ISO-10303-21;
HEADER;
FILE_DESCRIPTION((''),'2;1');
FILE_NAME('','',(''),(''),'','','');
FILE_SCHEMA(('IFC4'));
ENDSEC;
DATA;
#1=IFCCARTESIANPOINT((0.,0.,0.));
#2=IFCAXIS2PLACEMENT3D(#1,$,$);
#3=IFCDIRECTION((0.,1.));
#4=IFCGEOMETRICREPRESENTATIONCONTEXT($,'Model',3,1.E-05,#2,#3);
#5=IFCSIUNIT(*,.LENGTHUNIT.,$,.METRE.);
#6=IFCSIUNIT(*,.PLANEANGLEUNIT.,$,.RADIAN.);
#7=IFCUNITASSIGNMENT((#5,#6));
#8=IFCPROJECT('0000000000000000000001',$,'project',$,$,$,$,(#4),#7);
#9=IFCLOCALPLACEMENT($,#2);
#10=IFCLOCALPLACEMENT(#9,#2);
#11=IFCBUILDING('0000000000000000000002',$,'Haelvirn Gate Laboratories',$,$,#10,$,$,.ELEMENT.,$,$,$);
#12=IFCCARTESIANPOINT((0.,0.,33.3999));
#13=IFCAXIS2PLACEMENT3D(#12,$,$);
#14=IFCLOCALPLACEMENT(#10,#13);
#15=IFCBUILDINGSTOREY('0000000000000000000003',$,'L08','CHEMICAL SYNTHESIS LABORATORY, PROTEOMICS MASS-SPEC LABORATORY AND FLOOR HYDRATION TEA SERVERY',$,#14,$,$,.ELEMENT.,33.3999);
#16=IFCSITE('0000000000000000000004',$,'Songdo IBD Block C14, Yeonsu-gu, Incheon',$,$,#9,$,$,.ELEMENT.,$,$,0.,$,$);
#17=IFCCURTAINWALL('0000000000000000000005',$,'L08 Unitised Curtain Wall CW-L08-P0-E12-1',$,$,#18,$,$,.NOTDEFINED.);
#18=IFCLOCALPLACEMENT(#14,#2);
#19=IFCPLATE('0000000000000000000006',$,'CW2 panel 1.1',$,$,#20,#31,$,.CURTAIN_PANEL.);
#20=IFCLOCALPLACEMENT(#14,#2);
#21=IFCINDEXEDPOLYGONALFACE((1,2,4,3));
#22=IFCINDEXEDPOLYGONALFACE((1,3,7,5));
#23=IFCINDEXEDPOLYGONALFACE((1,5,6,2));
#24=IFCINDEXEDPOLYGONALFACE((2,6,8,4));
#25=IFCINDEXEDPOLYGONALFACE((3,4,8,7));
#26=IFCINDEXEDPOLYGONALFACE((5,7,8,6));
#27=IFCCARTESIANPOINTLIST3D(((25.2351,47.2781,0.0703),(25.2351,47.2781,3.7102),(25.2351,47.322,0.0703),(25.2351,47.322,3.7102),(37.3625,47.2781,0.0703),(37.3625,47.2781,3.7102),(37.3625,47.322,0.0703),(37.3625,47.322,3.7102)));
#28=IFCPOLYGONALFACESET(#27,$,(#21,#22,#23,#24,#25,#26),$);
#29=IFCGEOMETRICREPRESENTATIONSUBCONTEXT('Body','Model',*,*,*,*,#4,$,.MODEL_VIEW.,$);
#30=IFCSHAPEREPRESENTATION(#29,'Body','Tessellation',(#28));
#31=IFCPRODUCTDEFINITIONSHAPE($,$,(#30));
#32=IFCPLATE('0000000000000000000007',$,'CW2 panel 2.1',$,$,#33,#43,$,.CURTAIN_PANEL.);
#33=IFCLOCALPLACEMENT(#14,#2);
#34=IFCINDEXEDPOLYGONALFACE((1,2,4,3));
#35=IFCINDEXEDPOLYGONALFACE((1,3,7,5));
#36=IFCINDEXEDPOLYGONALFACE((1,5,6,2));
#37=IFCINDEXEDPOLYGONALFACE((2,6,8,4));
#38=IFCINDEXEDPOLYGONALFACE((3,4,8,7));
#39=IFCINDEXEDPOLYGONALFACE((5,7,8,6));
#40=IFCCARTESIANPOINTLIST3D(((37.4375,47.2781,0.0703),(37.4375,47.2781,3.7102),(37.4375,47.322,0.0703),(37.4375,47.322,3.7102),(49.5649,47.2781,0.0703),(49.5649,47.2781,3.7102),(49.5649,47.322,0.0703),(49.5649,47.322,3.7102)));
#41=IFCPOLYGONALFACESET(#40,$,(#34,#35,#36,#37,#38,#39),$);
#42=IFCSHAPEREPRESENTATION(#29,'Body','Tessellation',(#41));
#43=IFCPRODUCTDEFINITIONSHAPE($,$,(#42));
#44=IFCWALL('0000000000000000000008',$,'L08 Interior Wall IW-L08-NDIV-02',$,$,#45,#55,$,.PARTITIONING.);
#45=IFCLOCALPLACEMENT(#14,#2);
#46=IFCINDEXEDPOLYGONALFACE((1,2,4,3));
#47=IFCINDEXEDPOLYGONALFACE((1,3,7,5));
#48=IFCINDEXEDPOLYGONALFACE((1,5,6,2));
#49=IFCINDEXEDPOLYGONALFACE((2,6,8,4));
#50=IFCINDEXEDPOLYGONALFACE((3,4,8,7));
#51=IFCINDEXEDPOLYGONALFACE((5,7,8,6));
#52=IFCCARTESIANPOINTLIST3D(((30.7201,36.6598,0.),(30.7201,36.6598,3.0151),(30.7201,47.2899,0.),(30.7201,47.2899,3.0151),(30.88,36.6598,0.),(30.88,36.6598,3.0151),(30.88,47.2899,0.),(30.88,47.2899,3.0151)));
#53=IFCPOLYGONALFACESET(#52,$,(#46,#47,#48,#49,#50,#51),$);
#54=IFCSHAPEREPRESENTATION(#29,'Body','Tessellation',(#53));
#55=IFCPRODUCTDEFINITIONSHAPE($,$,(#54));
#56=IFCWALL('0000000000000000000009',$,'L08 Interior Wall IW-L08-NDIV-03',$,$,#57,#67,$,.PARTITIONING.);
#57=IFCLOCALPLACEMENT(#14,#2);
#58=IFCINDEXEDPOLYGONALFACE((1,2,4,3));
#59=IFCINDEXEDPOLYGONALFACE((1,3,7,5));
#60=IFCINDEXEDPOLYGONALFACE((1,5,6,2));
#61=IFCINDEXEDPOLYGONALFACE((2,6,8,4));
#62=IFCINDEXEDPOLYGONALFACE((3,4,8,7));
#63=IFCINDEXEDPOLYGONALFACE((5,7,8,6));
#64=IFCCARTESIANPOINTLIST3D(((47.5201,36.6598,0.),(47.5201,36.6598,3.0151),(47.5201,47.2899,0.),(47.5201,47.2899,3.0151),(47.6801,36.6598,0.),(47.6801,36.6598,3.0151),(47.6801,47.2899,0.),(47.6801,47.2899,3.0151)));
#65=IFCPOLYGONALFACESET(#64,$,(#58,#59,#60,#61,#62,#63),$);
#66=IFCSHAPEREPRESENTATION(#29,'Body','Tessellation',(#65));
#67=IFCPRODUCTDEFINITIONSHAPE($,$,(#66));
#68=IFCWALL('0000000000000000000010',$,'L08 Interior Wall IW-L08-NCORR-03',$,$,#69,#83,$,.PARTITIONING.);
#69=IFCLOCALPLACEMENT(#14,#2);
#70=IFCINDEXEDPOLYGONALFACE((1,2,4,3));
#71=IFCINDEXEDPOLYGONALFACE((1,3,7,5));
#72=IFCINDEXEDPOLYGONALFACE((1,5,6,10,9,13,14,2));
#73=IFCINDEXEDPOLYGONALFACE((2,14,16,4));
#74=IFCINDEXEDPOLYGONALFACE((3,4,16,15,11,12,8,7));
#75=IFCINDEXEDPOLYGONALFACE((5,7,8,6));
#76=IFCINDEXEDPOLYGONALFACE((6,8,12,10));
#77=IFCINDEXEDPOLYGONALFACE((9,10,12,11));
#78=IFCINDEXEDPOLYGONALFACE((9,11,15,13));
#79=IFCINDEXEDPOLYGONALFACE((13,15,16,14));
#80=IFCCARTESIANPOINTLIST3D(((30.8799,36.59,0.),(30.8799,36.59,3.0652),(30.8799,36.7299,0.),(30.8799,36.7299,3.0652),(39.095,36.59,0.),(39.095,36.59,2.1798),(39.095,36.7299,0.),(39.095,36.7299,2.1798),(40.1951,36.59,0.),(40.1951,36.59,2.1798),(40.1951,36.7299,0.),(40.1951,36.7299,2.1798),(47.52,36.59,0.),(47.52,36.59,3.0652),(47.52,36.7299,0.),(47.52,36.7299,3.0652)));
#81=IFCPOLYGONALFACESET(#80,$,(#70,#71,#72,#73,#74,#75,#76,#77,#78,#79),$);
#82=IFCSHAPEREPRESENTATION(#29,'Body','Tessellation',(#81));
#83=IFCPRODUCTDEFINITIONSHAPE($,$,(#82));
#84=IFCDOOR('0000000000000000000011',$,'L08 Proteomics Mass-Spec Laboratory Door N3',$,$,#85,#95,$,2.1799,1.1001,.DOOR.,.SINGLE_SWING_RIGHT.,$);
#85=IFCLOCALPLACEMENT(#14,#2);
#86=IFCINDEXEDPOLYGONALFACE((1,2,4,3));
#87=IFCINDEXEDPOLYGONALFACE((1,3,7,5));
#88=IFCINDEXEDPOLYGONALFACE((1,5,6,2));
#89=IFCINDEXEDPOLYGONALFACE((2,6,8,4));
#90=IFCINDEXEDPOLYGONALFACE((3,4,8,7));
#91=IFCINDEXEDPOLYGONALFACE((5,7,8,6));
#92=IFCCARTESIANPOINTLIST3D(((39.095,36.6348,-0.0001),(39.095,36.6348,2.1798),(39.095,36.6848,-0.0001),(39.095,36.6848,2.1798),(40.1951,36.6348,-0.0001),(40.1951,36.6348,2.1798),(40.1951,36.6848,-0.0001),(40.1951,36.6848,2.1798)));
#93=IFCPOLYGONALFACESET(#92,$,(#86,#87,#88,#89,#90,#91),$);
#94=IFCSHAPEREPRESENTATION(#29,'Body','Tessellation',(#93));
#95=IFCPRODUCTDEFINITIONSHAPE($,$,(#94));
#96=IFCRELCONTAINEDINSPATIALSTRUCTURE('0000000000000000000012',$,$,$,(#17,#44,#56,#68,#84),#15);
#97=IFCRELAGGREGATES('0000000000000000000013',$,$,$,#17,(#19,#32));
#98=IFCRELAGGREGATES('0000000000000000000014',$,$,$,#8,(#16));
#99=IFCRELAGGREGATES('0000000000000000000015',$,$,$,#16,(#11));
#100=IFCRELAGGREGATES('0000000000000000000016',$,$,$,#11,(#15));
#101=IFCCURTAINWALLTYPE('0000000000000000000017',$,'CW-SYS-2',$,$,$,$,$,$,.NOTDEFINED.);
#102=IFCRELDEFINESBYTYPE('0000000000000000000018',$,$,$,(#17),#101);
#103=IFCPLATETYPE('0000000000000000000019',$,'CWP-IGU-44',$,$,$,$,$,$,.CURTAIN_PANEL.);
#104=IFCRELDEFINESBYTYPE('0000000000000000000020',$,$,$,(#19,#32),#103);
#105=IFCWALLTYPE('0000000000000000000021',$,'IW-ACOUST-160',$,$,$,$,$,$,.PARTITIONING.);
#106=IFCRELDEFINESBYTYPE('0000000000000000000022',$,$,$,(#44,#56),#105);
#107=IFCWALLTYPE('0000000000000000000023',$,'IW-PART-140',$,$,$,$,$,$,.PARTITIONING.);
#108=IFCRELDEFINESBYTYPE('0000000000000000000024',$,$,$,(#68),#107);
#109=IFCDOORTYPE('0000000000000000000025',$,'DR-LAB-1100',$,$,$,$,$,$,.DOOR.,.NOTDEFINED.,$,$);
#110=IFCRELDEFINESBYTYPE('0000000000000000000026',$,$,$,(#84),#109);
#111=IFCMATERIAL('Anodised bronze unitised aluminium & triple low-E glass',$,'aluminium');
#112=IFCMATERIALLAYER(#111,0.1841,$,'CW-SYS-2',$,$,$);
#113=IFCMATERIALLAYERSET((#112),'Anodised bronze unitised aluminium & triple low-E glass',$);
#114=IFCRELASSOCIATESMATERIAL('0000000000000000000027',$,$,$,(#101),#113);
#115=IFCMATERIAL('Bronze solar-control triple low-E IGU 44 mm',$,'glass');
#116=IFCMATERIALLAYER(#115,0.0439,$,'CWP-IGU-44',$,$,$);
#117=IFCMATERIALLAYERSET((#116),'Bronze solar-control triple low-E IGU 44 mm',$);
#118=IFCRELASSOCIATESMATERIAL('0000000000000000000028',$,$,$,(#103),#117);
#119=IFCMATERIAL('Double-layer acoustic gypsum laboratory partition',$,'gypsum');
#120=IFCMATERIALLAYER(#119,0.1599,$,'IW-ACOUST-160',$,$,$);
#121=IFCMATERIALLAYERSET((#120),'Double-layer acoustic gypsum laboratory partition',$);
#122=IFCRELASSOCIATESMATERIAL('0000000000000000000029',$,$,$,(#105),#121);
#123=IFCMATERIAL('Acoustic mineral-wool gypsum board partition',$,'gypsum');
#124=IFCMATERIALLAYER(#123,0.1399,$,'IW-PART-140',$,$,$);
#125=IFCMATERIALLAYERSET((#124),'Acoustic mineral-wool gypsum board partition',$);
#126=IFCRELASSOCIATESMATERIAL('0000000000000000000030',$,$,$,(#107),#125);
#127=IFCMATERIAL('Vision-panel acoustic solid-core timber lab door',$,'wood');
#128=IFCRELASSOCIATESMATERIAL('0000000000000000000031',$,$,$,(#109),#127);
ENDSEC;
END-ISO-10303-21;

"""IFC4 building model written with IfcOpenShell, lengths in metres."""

from ifc_helpers import new_model, si_unit, direction, frame, frame_2d, origin, origin_2d, place, context, subcontext, project, spatial, rectangle, extrude, source, transform, mapped, material, layer, layer_set, type_object, type_shapes, element, fill, aggregate, save


model = new_model("IFC4")

# Units and contexts
model_context = context("Model", 3, precision=1e-05, world=origin(), true_north=direction((0.0, 1.0)))
body_context = subcontext(model_context, "Body", "Model", "MODEL_VIEW")
ifc_project = project(units=[si_unit("LENGTHUNIT", "METRE"), si_unit("PLANEANGLEUNIT", "RADIAN")], contexts=[model_context])

# Site, building, storey
site_placement = place(None, origin())
site = spatial("IfcSite", under=ifc_project, at=site_placement, Name="Songdo IBD Block C14, Yeonsu-gu, Incheon", CompositionType="ELEMENT", RefElevation=0.0)
building_placement = place(site_placement, origin())
building = spatial("IfcBuilding", under=site, at=building_placement, Name="Haelvirn Gate Laboratories", CompositionType="ELEMENT")
storey_placement = place(building_placement, frame((0.0, 0.0, 33.3999)))
storey = spatial("IfcBuildingStorey", under=building, at=storey_placement, Name="L08", Description="CHEMICAL SYNTHESIS LABORATORY, PROTEOMICS MASS-SPEC LABORATORY AND FLOOR HYDRATION TEA SERVERY", CompositionType="ELEMENT", Elevation=33.3999)

# Curtain wall, plates
ifc_material_1 = material(Name="Anodised bronze unitised aluminium & triple low-E glass", Category="aluminium")
ifc_layer_1 = layer(ifc_material_1, 0.1841, Name="CW-SYS-2")
ifc_layer_set_1 = layer_set([ifc_layer_1], Name="Anodised bronze unitised aluminium & triple low-E glass")
curtain_wall_type = type_object("IfcCurtainWallType", Name="CW-SYS-2", PredefinedType="NOTDEFINED", material=ifc_layer_set_1)
curtain_wall_placement = place(storey_placement, origin())
curtain_wall = element("IfcCurtainWall", 1, at=curtain_wall_placement, inside=storey, type_object=curtain_wall_type, Name="L08 Unitised Curtain Wall CW-L08-P0-E12-1", PredefinedType="NOTDEFINED")
ifc_material_2 = material(Name="Bronze solar-control triple low-E IGU 44 mm", Category="glass")
ifc_layer_2 = layer(ifc_material_2, 0.0439, Name="CWP-IGU-44")
ifc_layer_set_2 = layer_set([ifc_layer_2], Name="Bronze solar-control triple low-E IGU 44 mm")
plate_type = type_object("IfcPlateType", Name="CWP-IGU-44", PredefinedType="CURTAIN_PANEL", material=ifc_layer_set_2)
shared_shape_1 = source(origin(), body_context, "Body", "SweptSolid", [
    extrude(rectangle(XDim=12.1274, YDim=0.0439, at=origin_2d()), origin(), (0.0, 0.0, 1.0), 3.6399),
])
type_shapes(plate_type, [shared_shape_1])
plate_1_placement = place(storey_placement, frame((31.2988, 47.3, 0.0703), z_axis=(0.0, 0.0, 1.0), x_axis=(1.0, 0.0, 0.0)))
plate_1 = element("IfcPlate", 2, at=plate_1_placement, type_object=plate_type, Name="CW2 panel 1.1", PredefinedType="CURTAIN_PANEL", context=body_context, shape_type="MappedRepresentation", body=[
    mapped(shared_shape_1, transform((0.0, 0.0, 0.0), scale=1.0)),
])
plate_2_placement = place(storey_placement, frame((43.5012, 47.3, 0.0703), z_axis=(0.0, 0.0, 1.0), x_axis=(1.0, 0.0, 0.0)))
plate_2 = element("IfcPlate", 3, at=plate_2_placement, type_object=plate_type, Name="CW2 panel 2.1", PredefinedType="CURTAIN_PANEL", context=body_context, shape_type="MappedRepresentation", body=[
    mapped(shared_shape_1, transform((0.0, 0.0, 0.0), scale=1.0)),
])
aggregate(curtain_wall, [plate_1, plate_2])

# Walls
ifc_material_3 = material(Name="Double-layer acoustic gypsum laboratory partition", Category="gypsum")
ifc_layer_3 = layer(ifc_material_3, 0.1599, Name="IW-ACOUST-160")
ifc_layer_set_3 = layer_set([ifc_layer_3], Name="Double-layer acoustic gypsum laboratory partition")
wall_type_1 = type_object("IfcWallType", Name="IW-ACOUST-160", PredefinedType="PARTITIONING", material=ifc_layer_set_3)
for number, where, z_axis, x_axis, name in (
    (4, (30.8, 36.6599, 0.0), (0.0, 0.0, 1.0), (0.0, 1.0, 0.0), "L08 Interior Wall IW-L08-NDIV-02"),
    (5, (47.6001, 36.6599, 0.0), (0.0, 0.0, 1.0), (0.0, 1.0, 0.0), "L08 Interior Wall IW-L08-NDIV-03"),
):
    element("IfcWall", number, at=place(storey_placement, frame(where, z_axis=z_axis, x_axis=x_axis)), inside=storey, type_object=wall_type_1, Name=name, PredefinedType="PARTITIONING", context=body_context, shape_type="SweptSolid", body=[
        extrude(rectangle(XDim=10.6301, YDim=0.1599, at=frame_2d((5.3149, 0.0))), origin(), (0.0, 0.0, 1.0), 3.0151),
    ])

# Wall, opening, door
ifc_material_4 = material(Name="Acoustic mineral-wool gypsum board partition", Category="gypsum")
ifc_layer_4 = layer(ifc_material_4, 0.1399, Name="IW-PART-140")
ifc_layer_set_4 = layer_set([ifc_layer_4], Name="Acoustic mineral-wool gypsum board partition")
wall_type_2 = type_object("IfcWallType", Name="IW-PART-140", PredefinedType="PARTITIONING", material=ifc_layer_set_4)
wall_placement = place(storey_placement, frame((30.8799, 36.6599, 0.0), z_axis=(0.0, 0.0, 1.0), x_axis=(1.0, 0.0, 0.0)))
wall = element("IfcWall", 6, at=wall_placement, inside=storey, type_object=wall_type_2, Name="L08 Interior Wall IW-L08-NCORR-03", PredefinedType="PARTITIONING", context=body_context, shape_type="SweptSolid", body=[
    extrude(rectangle(XDim=16.6401, YDim=0.1399, at=frame_2d((8.3201, 0.0))), origin(), (0.0, 0.0, 1.0), 3.0652),
])
opening_placement = place(wall_placement, frame((8.2151, 0.0, 0.0)))
opening = element("IfcOpeningElement", 7, at=opening_placement, cuts=wall, PredefinedType="OPENING", context=body_context, shape_type="SweptSolid", body=[
    extrude(rectangle(XDim=1.1001, YDim=2.1799, at=frame_2d((0.55, 1.0898))), frame((0.0, 0.0801, 0.0), z_axis=(0.0, -1.0, 0.0), x_axis=(1.0, 0.0, 0.0)), (0.0, 0.0, 1.0), 0.1599),
])
ifc_material_5 = material(Name="Vision-panel acoustic solid-core timber lab door", Category="wood")
door_type = type_object("IfcDoorType", Name="DR-LAB-1100", OperationType="NOTDEFINED", PredefinedType="DOOR", material=ifc_material_5)
shared_shape_2 = source(origin(), body_context, "Body", "SweptSolid", [
    extrude(rectangle(XDim=1.1001, YDim=2.1799, at=frame_2d((0.55, 1.0898))), frame((0.0, 0.0249, 0.0), z_axis=(0.0, -1.0, 0.0), x_axis=(1.0, 0.0, 0.0)), (0.0, 0.0, 1.0), 0.05),
])
type_shapes(door_type, [shared_shape_2])
door_placement = place(opening_placement, origin())
door = element("IfcDoor", 8, at=door_placement, inside=storey, type_object=door_type, Name="L08 Proteomics Mass-Spec Laboratory Door N3", OperationType="SINGLE_SWING_RIGHT", OverallHeight=2.1799, OverallWidth=1.1001, PredefinedType="DOOR", context=body_context, shape_type="MappedRepresentation", body=[
    mapped(shared_shape_2, transform((0.0, 0.0, 0.0), scale=1.0)),
])
fill(opening, door)

save(model, "model.ifc")
